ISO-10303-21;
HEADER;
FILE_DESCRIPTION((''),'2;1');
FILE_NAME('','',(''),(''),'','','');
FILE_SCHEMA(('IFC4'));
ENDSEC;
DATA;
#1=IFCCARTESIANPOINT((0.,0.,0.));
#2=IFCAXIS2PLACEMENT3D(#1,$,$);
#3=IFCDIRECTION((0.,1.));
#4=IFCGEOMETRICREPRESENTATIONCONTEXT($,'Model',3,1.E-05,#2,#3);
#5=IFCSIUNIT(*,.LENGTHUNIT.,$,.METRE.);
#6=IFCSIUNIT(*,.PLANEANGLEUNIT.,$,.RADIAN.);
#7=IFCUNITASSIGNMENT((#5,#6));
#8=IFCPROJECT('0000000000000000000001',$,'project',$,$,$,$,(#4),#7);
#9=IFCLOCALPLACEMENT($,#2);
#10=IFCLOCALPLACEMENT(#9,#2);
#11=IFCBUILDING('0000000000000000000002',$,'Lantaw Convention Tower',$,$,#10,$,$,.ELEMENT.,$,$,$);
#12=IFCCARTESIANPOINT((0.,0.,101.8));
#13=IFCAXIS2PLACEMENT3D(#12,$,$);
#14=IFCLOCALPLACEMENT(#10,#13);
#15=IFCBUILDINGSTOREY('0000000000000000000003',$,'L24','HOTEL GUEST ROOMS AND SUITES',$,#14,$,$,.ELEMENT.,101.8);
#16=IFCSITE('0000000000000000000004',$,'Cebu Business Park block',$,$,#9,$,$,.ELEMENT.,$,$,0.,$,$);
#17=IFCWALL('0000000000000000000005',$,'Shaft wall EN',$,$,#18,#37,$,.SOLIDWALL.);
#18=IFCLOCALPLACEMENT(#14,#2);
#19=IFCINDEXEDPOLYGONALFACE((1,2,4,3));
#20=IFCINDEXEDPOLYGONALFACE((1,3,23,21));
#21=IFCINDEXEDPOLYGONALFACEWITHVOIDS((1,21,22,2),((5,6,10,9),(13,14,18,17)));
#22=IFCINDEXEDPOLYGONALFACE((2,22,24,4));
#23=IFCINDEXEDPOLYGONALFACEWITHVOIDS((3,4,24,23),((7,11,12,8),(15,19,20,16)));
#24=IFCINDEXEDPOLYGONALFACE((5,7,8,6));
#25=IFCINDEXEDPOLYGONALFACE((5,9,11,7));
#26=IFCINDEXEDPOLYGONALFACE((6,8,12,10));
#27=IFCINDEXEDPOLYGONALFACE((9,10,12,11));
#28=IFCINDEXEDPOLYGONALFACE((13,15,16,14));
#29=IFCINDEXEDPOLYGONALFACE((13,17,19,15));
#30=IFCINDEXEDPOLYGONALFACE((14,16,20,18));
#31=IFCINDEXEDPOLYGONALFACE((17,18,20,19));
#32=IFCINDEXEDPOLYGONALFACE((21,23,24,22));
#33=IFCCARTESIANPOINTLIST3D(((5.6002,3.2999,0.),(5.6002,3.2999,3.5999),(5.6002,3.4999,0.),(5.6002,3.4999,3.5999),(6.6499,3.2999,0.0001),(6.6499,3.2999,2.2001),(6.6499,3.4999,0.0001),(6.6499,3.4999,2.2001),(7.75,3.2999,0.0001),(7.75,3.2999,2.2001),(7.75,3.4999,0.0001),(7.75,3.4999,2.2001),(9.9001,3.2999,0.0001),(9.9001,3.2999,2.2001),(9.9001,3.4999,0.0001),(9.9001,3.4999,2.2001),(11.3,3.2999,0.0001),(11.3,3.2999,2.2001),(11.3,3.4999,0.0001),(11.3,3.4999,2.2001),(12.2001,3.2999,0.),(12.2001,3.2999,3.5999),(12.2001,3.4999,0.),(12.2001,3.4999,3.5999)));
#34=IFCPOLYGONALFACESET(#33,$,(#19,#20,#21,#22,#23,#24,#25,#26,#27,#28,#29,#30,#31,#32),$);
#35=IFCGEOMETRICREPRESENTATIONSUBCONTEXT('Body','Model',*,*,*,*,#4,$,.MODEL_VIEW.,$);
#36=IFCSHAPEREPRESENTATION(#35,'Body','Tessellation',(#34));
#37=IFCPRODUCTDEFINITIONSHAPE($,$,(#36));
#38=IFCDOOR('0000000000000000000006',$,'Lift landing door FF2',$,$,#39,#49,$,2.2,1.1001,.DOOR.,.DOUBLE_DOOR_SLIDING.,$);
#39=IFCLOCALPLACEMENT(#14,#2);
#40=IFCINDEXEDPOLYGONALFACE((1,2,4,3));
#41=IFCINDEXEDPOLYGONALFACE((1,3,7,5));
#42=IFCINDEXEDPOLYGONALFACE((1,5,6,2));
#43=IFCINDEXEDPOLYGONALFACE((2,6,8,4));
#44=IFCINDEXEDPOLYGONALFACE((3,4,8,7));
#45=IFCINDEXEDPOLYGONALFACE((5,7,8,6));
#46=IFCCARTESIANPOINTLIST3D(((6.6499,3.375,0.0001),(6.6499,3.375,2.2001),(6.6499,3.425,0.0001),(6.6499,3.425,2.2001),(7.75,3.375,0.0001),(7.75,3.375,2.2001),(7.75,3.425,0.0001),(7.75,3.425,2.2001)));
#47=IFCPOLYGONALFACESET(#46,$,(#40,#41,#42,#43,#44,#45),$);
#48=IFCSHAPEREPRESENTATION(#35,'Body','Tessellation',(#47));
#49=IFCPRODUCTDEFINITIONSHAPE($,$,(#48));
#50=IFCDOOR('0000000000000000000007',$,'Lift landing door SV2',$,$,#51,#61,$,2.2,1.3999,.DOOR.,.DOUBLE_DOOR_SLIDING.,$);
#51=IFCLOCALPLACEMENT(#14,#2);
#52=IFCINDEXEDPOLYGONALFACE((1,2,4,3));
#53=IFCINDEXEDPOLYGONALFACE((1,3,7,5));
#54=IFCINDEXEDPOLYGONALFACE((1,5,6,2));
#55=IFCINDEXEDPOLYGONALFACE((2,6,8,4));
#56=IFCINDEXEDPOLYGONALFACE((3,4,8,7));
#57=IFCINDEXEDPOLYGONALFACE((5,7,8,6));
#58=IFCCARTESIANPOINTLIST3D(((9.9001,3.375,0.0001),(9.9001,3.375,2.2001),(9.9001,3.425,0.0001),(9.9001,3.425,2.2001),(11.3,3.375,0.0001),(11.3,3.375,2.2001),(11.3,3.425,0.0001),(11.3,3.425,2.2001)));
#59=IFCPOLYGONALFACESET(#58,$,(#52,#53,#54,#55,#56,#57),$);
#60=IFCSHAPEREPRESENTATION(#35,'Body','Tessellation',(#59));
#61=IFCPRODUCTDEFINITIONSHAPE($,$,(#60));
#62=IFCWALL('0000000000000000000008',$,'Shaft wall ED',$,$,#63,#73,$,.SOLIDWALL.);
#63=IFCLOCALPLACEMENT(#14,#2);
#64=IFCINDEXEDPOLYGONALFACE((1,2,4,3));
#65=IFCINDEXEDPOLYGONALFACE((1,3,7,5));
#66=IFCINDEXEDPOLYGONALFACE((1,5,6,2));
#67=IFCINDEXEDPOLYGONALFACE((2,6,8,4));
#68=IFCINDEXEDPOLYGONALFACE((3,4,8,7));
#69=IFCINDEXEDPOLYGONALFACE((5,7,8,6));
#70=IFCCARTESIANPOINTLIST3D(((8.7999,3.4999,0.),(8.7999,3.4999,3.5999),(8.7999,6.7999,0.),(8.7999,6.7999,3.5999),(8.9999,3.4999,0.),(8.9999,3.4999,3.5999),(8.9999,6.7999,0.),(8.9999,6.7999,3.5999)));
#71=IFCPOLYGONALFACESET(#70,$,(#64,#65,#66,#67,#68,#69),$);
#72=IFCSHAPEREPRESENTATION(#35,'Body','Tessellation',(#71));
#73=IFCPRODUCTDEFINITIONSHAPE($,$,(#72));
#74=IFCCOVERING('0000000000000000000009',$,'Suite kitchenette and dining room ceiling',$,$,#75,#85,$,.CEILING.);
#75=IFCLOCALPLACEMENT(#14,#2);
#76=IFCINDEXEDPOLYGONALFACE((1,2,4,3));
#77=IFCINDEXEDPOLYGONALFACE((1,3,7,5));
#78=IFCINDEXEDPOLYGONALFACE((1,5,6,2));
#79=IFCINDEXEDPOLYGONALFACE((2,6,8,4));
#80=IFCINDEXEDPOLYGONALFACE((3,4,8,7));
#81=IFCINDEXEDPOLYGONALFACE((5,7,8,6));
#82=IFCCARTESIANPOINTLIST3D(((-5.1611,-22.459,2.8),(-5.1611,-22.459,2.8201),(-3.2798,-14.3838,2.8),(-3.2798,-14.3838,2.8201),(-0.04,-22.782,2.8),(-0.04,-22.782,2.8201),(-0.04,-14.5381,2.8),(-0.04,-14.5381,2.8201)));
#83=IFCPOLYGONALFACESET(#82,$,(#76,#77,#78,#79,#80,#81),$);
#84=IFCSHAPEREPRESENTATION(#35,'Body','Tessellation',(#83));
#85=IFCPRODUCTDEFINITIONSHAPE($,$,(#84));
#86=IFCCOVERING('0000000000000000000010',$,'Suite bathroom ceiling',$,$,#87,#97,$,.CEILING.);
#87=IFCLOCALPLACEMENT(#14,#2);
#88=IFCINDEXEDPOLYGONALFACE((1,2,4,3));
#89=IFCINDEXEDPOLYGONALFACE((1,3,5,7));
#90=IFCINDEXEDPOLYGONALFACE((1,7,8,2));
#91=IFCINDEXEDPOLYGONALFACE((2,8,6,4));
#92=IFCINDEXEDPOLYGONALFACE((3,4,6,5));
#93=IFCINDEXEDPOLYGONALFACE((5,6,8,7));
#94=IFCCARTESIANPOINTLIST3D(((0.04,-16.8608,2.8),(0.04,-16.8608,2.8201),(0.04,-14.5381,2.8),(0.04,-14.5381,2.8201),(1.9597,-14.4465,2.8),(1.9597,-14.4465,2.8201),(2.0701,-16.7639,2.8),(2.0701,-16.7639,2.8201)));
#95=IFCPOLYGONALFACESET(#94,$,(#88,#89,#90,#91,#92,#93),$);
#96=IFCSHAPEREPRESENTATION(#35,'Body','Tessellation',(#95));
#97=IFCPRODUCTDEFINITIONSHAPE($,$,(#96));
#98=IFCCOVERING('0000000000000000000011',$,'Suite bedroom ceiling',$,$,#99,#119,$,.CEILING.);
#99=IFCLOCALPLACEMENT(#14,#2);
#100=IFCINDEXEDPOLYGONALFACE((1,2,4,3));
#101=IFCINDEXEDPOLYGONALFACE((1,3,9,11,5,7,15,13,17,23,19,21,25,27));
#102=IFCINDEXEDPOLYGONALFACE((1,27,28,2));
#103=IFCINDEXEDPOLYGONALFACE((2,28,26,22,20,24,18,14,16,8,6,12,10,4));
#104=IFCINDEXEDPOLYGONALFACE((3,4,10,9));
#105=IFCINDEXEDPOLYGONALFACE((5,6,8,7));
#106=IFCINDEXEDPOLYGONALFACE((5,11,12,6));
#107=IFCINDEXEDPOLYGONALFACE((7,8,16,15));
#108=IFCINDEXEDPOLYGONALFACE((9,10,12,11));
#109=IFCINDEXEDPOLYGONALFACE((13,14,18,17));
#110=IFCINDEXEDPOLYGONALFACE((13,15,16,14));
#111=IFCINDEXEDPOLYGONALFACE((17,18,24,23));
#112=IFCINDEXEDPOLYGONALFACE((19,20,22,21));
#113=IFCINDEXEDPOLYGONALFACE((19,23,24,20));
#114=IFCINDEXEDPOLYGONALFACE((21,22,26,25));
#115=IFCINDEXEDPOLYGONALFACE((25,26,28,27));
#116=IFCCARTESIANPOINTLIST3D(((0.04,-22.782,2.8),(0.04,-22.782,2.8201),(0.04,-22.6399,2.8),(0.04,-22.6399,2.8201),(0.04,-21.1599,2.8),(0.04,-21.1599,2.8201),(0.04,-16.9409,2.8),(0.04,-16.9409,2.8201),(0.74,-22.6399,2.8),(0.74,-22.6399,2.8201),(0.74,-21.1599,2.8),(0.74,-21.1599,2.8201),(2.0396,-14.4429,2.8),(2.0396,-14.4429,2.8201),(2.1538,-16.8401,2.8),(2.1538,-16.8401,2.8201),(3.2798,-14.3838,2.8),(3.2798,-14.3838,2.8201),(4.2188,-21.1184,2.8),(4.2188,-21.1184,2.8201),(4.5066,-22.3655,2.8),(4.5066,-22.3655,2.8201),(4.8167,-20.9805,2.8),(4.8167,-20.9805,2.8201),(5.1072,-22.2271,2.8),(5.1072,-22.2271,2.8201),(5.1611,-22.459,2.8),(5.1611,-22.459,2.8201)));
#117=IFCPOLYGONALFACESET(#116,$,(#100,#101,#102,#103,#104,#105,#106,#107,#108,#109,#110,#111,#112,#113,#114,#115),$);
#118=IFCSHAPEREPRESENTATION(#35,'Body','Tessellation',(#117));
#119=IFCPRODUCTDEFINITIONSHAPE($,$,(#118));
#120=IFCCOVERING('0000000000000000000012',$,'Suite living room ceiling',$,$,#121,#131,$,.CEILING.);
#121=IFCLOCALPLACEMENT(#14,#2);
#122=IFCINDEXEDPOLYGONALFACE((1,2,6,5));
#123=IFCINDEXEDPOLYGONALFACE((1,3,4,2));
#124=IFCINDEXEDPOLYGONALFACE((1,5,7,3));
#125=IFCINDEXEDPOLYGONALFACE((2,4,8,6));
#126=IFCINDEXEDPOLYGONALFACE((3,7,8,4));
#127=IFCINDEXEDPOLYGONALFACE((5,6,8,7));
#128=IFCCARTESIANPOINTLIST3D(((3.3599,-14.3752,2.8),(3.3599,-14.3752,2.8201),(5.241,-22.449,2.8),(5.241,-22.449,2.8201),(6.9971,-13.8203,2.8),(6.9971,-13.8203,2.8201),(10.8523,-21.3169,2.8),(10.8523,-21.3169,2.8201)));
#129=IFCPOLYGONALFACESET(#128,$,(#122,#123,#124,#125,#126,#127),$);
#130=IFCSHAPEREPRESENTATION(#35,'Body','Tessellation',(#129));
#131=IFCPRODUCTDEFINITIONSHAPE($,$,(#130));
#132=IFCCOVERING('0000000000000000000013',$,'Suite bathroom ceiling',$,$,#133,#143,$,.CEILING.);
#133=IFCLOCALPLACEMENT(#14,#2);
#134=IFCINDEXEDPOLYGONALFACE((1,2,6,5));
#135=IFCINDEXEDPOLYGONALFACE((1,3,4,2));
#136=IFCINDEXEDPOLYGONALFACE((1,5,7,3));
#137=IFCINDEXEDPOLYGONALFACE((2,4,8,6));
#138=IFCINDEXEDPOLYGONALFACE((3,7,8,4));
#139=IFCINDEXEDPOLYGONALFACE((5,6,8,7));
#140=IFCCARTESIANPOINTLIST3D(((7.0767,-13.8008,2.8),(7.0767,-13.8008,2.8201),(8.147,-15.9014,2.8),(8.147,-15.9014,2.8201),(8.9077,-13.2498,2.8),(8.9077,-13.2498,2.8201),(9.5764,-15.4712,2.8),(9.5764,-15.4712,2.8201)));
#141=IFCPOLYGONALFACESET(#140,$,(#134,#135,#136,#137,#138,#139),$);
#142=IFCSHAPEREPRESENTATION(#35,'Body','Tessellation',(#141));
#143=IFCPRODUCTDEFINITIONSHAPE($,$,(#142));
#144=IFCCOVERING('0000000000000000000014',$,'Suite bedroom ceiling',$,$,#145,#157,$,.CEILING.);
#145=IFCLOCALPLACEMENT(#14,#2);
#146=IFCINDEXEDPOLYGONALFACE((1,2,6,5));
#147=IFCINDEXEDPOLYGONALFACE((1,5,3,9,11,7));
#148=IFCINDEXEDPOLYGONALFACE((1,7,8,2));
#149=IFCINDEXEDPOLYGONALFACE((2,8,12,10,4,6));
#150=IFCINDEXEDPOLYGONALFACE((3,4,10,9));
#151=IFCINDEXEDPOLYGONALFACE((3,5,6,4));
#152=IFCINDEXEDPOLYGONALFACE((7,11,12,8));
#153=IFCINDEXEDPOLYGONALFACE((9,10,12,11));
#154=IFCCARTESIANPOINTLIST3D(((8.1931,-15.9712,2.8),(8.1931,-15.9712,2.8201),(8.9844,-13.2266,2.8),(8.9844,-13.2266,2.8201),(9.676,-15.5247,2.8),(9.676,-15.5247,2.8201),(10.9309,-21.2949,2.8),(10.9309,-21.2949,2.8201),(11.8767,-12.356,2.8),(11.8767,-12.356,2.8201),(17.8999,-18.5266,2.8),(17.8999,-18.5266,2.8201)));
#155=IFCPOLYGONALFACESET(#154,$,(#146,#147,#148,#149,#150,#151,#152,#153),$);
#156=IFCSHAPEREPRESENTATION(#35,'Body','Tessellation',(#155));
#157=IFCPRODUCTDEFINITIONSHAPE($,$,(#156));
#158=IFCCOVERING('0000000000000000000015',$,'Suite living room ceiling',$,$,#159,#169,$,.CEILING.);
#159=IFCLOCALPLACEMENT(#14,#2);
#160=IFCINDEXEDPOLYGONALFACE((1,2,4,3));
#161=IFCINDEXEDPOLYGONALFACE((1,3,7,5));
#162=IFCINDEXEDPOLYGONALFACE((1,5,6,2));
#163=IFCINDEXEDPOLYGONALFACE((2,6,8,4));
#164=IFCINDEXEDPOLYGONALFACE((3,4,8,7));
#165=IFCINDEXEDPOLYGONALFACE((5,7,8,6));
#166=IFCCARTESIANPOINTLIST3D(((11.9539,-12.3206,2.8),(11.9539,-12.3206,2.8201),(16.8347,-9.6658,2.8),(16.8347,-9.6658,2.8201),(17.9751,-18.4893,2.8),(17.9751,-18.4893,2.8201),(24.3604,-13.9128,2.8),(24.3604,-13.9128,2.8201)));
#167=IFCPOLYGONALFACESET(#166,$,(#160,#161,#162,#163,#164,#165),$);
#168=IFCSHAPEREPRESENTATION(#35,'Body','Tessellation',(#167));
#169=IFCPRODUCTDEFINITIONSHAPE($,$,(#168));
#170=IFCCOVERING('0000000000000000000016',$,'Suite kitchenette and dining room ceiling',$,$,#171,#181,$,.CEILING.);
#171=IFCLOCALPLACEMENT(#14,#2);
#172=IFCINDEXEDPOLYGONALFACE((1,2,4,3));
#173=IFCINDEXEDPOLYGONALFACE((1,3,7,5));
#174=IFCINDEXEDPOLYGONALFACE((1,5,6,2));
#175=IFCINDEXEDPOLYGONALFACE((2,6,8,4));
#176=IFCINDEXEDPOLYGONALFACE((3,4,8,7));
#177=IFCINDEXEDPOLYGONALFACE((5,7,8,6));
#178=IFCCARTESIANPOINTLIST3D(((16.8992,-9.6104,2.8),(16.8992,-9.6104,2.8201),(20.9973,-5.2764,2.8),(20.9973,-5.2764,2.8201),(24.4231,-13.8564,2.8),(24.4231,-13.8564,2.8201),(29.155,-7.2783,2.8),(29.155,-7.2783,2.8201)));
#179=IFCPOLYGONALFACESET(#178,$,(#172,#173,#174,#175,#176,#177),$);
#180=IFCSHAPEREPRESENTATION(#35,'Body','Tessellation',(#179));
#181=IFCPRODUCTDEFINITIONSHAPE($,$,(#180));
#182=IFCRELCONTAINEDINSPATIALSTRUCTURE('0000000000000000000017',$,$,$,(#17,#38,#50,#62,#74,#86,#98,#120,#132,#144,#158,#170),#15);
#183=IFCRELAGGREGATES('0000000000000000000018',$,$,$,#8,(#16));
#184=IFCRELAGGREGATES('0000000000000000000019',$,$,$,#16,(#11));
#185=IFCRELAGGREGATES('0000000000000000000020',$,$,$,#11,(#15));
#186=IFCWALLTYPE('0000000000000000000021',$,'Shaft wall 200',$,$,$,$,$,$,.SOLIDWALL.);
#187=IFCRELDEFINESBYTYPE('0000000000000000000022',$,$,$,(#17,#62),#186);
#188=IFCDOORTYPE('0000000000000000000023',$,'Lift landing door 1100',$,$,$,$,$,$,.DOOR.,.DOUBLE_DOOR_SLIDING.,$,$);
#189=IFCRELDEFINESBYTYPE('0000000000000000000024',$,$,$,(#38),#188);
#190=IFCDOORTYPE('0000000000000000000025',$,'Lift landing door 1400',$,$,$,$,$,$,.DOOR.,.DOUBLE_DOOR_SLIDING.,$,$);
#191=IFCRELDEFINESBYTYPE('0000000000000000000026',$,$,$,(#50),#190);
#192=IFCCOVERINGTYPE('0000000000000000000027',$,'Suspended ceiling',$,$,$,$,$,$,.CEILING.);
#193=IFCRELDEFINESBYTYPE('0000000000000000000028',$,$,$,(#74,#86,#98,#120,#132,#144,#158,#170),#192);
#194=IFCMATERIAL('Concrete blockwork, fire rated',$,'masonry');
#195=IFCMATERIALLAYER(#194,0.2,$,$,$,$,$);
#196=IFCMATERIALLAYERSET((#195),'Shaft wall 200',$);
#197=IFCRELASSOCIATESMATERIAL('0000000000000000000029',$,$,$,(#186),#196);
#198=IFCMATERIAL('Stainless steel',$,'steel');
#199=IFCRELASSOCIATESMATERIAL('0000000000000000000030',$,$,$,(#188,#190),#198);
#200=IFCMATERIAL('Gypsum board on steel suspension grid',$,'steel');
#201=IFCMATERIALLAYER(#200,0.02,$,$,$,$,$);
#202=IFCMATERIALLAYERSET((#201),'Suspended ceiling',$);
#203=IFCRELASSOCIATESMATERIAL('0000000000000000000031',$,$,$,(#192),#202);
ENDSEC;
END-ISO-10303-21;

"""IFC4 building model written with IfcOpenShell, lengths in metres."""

from ifc_helpers import new_model, si_unit, direction, frame, frame_2d, origin, place, context, subcontext, project, spatial, polyline, rectangle, outline, extrude, material, layer, layer_set, type_object, element, fill, save


model = new_model("IFC4")

# Units and contexts
model_context = context("Model", 3, precision=1e-05, world=origin(), true_north=direction((0.0, 1.0)))
body_context = subcontext(model_context, "Body", "Model", "MODEL_VIEW")
ifc_project = project(units=[si_unit("LENGTHUNIT", "METRE"), si_unit("PLANEANGLEUNIT", "RADIAN")], contexts=[model_context])

# Site, building, storey
site_placement = place(None, origin())
site = spatial("IfcSite", under=ifc_project, at=site_placement, Name="Cebu Business Park block", CompositionType="ELEMENT", RefElevation=0.0)
building_placement = place(site_placement, origin())
building = spatial("IfcBuilding", under=site, at=building_placement, Name="Lantaw Convention Tower", CompositionType="ELEMENT")
storey_placement = place(building_placement, frame((0.0, 0.0, 101.8)))
storey = spatial("IfcBuildingStorey", under=building, at=storey_placement, Name="L24", Description="HOTEL GUEST ROOMS AND SUITES", CompositionType="ELEMENT", Elevation=101.8)

# Shared definitions
ifc_material_1 = material(Name="Concrete blockwork, fire rated", Category="masonry")
ifc_layer_1 = layer(ifc_material_1, 0.2)
ifc_layer_set_1 = layer_set([ifc_layer_1], Name="Shaft wall 200")
wall_type_1 = type_object("IfcWallType", Name="Shaft wall 200", PredefinedType="SOLIDWALL", material=ifc_layer_set_1)

# Wall, openings, doors
wall_1_placement = place(storey_placement, frame((12.2, 3.3999, 0.0), z_axis=(0.0, 0.0, 1.0), x_axis=(-1.0, 0.0, 0.0)))
wall_1 = element("IfcWall", 1, at=wall_1_placement, inside=storey, type_object=wall_type_1, Name="Shaft wall EN", PredefinedType="SOLIDWALL", context=body_context, shape_type="SweptSolid", body=[
    extrude(rectangle(XDim=6.5999, YDim=0.2, at=frame_2d((3.2998, 0.0))), origin(), (0.0, 0.0, 1.0), 3.5999),
])
opening_1_placement = place(wall_1_placement, frame((4.45, 0.0, 0.0)))
opening_1 = element("IfcOpeningElement", 2, at=opening_1_placement, cuts=wall_1, PredefinedType="OPENING", context=body_context, shape_type="SweptSolid", body=[
    extrude(rectangle(XDim=1.1001, YDim=2.2, at=frame_2d((0.55, 1.1001))), frame((0.0, 0.1099, 0.0), z_axis=(0.0, -1.0, 0.0), x_axis=(1.0, 0.0, 0.0)), (0.0, 0.0, 1.0), 0.22),
])
opening_2_placement = place(wall_1_placement, frame((0.8999, 0.0, 0.0)))
opening_2 = element("IfcOpeningElement", 3, at=opening_2_placement, cuts=wall_1, PredefinedType="OPENING", context=body_context, shape_type="SweptSolid", body=[
    extrude(rectangle(XDim=1.3999, YDim=2.2, at=frame_2d((0.7, 1.1001))), frame((0.0, 0.1099, 0.0), z_axis=(0.0, -1.0, 0.0), x_axis=(1.0, 0.0, 0.0)), (0.0, 0.0, 1.0), 0.22),
])
ifc_material_2 = material(Name="Stainless steel", Category="steel")
door_type_1 = type_object("IfcDoorType", Name="Lift landing door 1100", OperationType="DOUBLE_DOOR_SLIDING", PredefinedType="DOOR", material=ifc_material_2)
door_1_placement = place(opening_1_placement, origin())
door_1 = element("IfcDoor", 4, at=door_1_placement, inside=storey, type_object=door_type_1, Name="Lift landing door FF2", OperationType="DOUBLE_DOOR_SLIDING", OverallHeight=2.2, OverallWidth=1.1001, PredefinedType="DOOR", context=body_context, shape_type="SweptSolid", body=[
    extrude(rectangle(XDim=1.1001, YDim=2.2, at=frame_2d((0.55, 1.1001))), frame((0.0, 0.0249, 0.0), z_axis=(0.0, -1.0, 0.0), x_axis=(1.0, 0.0, 0.0)), (0.0, 0.0, 1.0), 0.05),
])
fill(opening_1, door_1)
door_type_2 = type_object("IfcDoorType", Name="Lift landing door 1400", OperationType="DOUBLE_DOOR_SLIDING", PredefinedType="DOOR", material=ifc_material_2)
door_2_placement = place(opening_2_placement, origin())
door_2 = element("IfcDoor", 5, at=door_2_placement, inside=storey, type_object=door_type_2, Name="Lift landing door SV2", OperationType="DOUBLE_DOOR_SLIDING", OverallHeight=2.2, OverallWidth=1.3999, PredefinedType="DOOR", context=body_context, shape_type="SweptSolid", body=[
    extrude(rectangle(XDim=1.3999, YDim=2.2, at=frame_2d((0.7, 1.1001))), frame((0.0, 0.0249, 0.0), z_axis=(0.0, -1.0, 0.0), x_axis=(1.0, 0.0, 0.0)), (0.0, 0.0, 1.0), 0.05),
])
fill(opening_2, door_2)

# Wall
wall_2_placement = place(storey_placement, frame((8.8999, 3.5, 0.0), z_axis=(0.0, 0.0, 1.0), x_axis=(0.0, 1.0, 0.0)))
element("IfcWall", 6, at=wall_2_placement, inside=storey, type_object=wall_type_1, Name="Shaft wall ED", PredefinedType="SOLIDWALL", context=body_context, shape_type="SweptSolid", body=[
    extrude(rectangle(XDim=3.3, YDim=0.2, at=frame_2d((1.6499, 0.0))), origin(), (0.0, 0.0, 1.0), 3.5999),
])

# Coverings
ifc_material_3 = material(Name="Gypsum board on steel suspension grid", Category="steel")
ifc_layer_2 = layer(ifc_material_3, 0.02)
ifc_layer_set_2 = layer_set([ifc_layer_2], Name="Suspended ceiling")
covering_type = type_object("IfcCoveringType", Name="Suspended ceiling", PredefinedType="CEILING", material=ifc_layer_set_2)
covering_1_placement = place(storey_placement, frame((0.0, 0.0, 2.8)))
element("IfcCovering", 7, at=covering_1_placement, inside=storey, type_object=covering_type, Name="Suite kitchenette and dining room ceiling", PredefinedType="CEILING", context=body_context, shape_type="SweptSolid", body=[
    extrude(outline(polyline([(-3.2798, -14.3838), (-5.1611, -22.459), (-0.04, -22.782), (-0.04, -14.5381), (-3.2798, -14.3838)])), origin(), (0.0, 0.0, 1.0), 0.02),
])
covering_2_placement = place(storey_placement, frame((0.0, 0.0, 2.8)))
element("IfcCovering", 8, at=covering_2_placement, inside=storey, type_object=covering_type, Name="Suite bathroom ceiling", PredefinedType="CEILING", context=body_context, shape_type="SweptSolid", body=[
    extrude(outline(polyline([(0.04, -14.5381), (0.04, -16.8608), (2.0701, -16.7639), (1.9597, -14.4465), (0.04, -14.5381)])), origin(), (0.0, 0.0, 1.0), 0.02),
])
covering_3_placement = place(storey_placement, frame((0.0, 0.0, 2.8)))
element("IfcCovering", 9, at=covering_3_placement, inside=storey, type_object=covering_type, Name="Suite bedroom ceiling", PredefinedType="CEILING", context=body_context, shape_type="SweptSolid", body=[
    extrude(outline(polyline([(2.0396, -14.4429), (2.1538, -16.8401), (0.04, -16.9409), (0.04, -21.1599), (0.74, -21.1599), (0.74, -22.6399), (0.04, -22.6399), (0.04, -22.782), (5.1611, -22.459), (5.1072, -22.2271), (4.5066, -22.3655), (4.2188, -21.1184), (4.8167, -20.9805), (3.2798, -14.3838), (2.0396, -14.4429)])), origin(), (0.0, 0.0, 1.0), 0.02),
])
covering_4_placement = place(storey_placement, frame((0.0, 0.0, 2.8)))
element("IfcCovering", 10, at=covering_4_placement, inside=storey, type_object=covering_type, Name="Suite living room ceiling", PredefinedType="CEILING", context=body_context, shape_type="SweptSolid", body=[
    extrude(outline(polyline([(3.3599, -14.3752), (5.241, -22.449), (10.8523, -21.3169), (6.9971, -13.8203), (3.3599, -14.3752)])), origin(), (0.0, 0.0, 1.0), 0.02),
])
covering_5_placement = place(storey_placement, frame((0.0, 0.0, 2.8)))
element("IfcCovering", 11, at=covering_5_placement, inside=storey, type_object=covering_type, Name="Suite bathroom ceiling", PredefinedType="CEILING", context=body_context, shape_type="SweptSolid", body=[
    extrude(outline(polyline([(7.0767, -13.8008), (8.147, -15.9014), (9.5764, -15.4712), (8.9077, -13.2498), (7.0767, -13.8008)])), origin(), (0.0, 0.0, 1.0), 0.02),
])
covering_6_placement = place(storey_placement, frame((0.0, 0.0, 2.8)))
element("IfcCovering", 12, at=covering_6_placement, inside=storey, type_object=covering_type, Name="Suite bedroom ceiling", PredefinedType="CEILING", context=body_context, shape_type="SweptSolid", body=[
    extrude(outline(polyline([(8.9844, -13.2266), (9.676, -15.5247), (8.1931, -15.9712), (10.9309, -21.2949), (17.8999, -18.5266), (11.8767, -12.356), (8.9844, -13.2266)])), origin(), (0.0, 0.0, 1.0), 0.02),
])
covering_7_placement = place(storey_placement, frame((0.0, 0.0, 2.8)))
element("IfcCovering", 13, at=covering_7_placement, inside=storey, type_object=covering_type, Name="Suite living room ceiling", PredefinedType="CEILING", context=body_context, shape_type="SweptSolid", body=[
    extrude(outline(polyline([(11.9539, -12.3206), (17.9751, -18.4893), (24.3604, -13.9128), (16.8347, -9.6658), (11.9539, -12.3206)])), origin(), (0.0, 0.0, 1.0), 0.02),
])
covering_8_placement = place(storey_placement, frame((0.0, 0.0, 2.8)))
element("IfcCovering", 14, at=covering_8_placement, inside=storey, type_object=covering_type, Name="Suite kitchenette and dining room ceiling", PredefinedType="CEILING", context=body_context, shape_type="SweptSolid", body=[
    extrude(outline(polyline([(16.8992, -9.6104), (24.4231, -13.8564), (29.155, -7.2783), (20.9973, -5.2764), (16.8992, -9.6104)])), origin(), (0.0, 0.0, 1.0), 0.02),
])

save(model, "model.ifc")
